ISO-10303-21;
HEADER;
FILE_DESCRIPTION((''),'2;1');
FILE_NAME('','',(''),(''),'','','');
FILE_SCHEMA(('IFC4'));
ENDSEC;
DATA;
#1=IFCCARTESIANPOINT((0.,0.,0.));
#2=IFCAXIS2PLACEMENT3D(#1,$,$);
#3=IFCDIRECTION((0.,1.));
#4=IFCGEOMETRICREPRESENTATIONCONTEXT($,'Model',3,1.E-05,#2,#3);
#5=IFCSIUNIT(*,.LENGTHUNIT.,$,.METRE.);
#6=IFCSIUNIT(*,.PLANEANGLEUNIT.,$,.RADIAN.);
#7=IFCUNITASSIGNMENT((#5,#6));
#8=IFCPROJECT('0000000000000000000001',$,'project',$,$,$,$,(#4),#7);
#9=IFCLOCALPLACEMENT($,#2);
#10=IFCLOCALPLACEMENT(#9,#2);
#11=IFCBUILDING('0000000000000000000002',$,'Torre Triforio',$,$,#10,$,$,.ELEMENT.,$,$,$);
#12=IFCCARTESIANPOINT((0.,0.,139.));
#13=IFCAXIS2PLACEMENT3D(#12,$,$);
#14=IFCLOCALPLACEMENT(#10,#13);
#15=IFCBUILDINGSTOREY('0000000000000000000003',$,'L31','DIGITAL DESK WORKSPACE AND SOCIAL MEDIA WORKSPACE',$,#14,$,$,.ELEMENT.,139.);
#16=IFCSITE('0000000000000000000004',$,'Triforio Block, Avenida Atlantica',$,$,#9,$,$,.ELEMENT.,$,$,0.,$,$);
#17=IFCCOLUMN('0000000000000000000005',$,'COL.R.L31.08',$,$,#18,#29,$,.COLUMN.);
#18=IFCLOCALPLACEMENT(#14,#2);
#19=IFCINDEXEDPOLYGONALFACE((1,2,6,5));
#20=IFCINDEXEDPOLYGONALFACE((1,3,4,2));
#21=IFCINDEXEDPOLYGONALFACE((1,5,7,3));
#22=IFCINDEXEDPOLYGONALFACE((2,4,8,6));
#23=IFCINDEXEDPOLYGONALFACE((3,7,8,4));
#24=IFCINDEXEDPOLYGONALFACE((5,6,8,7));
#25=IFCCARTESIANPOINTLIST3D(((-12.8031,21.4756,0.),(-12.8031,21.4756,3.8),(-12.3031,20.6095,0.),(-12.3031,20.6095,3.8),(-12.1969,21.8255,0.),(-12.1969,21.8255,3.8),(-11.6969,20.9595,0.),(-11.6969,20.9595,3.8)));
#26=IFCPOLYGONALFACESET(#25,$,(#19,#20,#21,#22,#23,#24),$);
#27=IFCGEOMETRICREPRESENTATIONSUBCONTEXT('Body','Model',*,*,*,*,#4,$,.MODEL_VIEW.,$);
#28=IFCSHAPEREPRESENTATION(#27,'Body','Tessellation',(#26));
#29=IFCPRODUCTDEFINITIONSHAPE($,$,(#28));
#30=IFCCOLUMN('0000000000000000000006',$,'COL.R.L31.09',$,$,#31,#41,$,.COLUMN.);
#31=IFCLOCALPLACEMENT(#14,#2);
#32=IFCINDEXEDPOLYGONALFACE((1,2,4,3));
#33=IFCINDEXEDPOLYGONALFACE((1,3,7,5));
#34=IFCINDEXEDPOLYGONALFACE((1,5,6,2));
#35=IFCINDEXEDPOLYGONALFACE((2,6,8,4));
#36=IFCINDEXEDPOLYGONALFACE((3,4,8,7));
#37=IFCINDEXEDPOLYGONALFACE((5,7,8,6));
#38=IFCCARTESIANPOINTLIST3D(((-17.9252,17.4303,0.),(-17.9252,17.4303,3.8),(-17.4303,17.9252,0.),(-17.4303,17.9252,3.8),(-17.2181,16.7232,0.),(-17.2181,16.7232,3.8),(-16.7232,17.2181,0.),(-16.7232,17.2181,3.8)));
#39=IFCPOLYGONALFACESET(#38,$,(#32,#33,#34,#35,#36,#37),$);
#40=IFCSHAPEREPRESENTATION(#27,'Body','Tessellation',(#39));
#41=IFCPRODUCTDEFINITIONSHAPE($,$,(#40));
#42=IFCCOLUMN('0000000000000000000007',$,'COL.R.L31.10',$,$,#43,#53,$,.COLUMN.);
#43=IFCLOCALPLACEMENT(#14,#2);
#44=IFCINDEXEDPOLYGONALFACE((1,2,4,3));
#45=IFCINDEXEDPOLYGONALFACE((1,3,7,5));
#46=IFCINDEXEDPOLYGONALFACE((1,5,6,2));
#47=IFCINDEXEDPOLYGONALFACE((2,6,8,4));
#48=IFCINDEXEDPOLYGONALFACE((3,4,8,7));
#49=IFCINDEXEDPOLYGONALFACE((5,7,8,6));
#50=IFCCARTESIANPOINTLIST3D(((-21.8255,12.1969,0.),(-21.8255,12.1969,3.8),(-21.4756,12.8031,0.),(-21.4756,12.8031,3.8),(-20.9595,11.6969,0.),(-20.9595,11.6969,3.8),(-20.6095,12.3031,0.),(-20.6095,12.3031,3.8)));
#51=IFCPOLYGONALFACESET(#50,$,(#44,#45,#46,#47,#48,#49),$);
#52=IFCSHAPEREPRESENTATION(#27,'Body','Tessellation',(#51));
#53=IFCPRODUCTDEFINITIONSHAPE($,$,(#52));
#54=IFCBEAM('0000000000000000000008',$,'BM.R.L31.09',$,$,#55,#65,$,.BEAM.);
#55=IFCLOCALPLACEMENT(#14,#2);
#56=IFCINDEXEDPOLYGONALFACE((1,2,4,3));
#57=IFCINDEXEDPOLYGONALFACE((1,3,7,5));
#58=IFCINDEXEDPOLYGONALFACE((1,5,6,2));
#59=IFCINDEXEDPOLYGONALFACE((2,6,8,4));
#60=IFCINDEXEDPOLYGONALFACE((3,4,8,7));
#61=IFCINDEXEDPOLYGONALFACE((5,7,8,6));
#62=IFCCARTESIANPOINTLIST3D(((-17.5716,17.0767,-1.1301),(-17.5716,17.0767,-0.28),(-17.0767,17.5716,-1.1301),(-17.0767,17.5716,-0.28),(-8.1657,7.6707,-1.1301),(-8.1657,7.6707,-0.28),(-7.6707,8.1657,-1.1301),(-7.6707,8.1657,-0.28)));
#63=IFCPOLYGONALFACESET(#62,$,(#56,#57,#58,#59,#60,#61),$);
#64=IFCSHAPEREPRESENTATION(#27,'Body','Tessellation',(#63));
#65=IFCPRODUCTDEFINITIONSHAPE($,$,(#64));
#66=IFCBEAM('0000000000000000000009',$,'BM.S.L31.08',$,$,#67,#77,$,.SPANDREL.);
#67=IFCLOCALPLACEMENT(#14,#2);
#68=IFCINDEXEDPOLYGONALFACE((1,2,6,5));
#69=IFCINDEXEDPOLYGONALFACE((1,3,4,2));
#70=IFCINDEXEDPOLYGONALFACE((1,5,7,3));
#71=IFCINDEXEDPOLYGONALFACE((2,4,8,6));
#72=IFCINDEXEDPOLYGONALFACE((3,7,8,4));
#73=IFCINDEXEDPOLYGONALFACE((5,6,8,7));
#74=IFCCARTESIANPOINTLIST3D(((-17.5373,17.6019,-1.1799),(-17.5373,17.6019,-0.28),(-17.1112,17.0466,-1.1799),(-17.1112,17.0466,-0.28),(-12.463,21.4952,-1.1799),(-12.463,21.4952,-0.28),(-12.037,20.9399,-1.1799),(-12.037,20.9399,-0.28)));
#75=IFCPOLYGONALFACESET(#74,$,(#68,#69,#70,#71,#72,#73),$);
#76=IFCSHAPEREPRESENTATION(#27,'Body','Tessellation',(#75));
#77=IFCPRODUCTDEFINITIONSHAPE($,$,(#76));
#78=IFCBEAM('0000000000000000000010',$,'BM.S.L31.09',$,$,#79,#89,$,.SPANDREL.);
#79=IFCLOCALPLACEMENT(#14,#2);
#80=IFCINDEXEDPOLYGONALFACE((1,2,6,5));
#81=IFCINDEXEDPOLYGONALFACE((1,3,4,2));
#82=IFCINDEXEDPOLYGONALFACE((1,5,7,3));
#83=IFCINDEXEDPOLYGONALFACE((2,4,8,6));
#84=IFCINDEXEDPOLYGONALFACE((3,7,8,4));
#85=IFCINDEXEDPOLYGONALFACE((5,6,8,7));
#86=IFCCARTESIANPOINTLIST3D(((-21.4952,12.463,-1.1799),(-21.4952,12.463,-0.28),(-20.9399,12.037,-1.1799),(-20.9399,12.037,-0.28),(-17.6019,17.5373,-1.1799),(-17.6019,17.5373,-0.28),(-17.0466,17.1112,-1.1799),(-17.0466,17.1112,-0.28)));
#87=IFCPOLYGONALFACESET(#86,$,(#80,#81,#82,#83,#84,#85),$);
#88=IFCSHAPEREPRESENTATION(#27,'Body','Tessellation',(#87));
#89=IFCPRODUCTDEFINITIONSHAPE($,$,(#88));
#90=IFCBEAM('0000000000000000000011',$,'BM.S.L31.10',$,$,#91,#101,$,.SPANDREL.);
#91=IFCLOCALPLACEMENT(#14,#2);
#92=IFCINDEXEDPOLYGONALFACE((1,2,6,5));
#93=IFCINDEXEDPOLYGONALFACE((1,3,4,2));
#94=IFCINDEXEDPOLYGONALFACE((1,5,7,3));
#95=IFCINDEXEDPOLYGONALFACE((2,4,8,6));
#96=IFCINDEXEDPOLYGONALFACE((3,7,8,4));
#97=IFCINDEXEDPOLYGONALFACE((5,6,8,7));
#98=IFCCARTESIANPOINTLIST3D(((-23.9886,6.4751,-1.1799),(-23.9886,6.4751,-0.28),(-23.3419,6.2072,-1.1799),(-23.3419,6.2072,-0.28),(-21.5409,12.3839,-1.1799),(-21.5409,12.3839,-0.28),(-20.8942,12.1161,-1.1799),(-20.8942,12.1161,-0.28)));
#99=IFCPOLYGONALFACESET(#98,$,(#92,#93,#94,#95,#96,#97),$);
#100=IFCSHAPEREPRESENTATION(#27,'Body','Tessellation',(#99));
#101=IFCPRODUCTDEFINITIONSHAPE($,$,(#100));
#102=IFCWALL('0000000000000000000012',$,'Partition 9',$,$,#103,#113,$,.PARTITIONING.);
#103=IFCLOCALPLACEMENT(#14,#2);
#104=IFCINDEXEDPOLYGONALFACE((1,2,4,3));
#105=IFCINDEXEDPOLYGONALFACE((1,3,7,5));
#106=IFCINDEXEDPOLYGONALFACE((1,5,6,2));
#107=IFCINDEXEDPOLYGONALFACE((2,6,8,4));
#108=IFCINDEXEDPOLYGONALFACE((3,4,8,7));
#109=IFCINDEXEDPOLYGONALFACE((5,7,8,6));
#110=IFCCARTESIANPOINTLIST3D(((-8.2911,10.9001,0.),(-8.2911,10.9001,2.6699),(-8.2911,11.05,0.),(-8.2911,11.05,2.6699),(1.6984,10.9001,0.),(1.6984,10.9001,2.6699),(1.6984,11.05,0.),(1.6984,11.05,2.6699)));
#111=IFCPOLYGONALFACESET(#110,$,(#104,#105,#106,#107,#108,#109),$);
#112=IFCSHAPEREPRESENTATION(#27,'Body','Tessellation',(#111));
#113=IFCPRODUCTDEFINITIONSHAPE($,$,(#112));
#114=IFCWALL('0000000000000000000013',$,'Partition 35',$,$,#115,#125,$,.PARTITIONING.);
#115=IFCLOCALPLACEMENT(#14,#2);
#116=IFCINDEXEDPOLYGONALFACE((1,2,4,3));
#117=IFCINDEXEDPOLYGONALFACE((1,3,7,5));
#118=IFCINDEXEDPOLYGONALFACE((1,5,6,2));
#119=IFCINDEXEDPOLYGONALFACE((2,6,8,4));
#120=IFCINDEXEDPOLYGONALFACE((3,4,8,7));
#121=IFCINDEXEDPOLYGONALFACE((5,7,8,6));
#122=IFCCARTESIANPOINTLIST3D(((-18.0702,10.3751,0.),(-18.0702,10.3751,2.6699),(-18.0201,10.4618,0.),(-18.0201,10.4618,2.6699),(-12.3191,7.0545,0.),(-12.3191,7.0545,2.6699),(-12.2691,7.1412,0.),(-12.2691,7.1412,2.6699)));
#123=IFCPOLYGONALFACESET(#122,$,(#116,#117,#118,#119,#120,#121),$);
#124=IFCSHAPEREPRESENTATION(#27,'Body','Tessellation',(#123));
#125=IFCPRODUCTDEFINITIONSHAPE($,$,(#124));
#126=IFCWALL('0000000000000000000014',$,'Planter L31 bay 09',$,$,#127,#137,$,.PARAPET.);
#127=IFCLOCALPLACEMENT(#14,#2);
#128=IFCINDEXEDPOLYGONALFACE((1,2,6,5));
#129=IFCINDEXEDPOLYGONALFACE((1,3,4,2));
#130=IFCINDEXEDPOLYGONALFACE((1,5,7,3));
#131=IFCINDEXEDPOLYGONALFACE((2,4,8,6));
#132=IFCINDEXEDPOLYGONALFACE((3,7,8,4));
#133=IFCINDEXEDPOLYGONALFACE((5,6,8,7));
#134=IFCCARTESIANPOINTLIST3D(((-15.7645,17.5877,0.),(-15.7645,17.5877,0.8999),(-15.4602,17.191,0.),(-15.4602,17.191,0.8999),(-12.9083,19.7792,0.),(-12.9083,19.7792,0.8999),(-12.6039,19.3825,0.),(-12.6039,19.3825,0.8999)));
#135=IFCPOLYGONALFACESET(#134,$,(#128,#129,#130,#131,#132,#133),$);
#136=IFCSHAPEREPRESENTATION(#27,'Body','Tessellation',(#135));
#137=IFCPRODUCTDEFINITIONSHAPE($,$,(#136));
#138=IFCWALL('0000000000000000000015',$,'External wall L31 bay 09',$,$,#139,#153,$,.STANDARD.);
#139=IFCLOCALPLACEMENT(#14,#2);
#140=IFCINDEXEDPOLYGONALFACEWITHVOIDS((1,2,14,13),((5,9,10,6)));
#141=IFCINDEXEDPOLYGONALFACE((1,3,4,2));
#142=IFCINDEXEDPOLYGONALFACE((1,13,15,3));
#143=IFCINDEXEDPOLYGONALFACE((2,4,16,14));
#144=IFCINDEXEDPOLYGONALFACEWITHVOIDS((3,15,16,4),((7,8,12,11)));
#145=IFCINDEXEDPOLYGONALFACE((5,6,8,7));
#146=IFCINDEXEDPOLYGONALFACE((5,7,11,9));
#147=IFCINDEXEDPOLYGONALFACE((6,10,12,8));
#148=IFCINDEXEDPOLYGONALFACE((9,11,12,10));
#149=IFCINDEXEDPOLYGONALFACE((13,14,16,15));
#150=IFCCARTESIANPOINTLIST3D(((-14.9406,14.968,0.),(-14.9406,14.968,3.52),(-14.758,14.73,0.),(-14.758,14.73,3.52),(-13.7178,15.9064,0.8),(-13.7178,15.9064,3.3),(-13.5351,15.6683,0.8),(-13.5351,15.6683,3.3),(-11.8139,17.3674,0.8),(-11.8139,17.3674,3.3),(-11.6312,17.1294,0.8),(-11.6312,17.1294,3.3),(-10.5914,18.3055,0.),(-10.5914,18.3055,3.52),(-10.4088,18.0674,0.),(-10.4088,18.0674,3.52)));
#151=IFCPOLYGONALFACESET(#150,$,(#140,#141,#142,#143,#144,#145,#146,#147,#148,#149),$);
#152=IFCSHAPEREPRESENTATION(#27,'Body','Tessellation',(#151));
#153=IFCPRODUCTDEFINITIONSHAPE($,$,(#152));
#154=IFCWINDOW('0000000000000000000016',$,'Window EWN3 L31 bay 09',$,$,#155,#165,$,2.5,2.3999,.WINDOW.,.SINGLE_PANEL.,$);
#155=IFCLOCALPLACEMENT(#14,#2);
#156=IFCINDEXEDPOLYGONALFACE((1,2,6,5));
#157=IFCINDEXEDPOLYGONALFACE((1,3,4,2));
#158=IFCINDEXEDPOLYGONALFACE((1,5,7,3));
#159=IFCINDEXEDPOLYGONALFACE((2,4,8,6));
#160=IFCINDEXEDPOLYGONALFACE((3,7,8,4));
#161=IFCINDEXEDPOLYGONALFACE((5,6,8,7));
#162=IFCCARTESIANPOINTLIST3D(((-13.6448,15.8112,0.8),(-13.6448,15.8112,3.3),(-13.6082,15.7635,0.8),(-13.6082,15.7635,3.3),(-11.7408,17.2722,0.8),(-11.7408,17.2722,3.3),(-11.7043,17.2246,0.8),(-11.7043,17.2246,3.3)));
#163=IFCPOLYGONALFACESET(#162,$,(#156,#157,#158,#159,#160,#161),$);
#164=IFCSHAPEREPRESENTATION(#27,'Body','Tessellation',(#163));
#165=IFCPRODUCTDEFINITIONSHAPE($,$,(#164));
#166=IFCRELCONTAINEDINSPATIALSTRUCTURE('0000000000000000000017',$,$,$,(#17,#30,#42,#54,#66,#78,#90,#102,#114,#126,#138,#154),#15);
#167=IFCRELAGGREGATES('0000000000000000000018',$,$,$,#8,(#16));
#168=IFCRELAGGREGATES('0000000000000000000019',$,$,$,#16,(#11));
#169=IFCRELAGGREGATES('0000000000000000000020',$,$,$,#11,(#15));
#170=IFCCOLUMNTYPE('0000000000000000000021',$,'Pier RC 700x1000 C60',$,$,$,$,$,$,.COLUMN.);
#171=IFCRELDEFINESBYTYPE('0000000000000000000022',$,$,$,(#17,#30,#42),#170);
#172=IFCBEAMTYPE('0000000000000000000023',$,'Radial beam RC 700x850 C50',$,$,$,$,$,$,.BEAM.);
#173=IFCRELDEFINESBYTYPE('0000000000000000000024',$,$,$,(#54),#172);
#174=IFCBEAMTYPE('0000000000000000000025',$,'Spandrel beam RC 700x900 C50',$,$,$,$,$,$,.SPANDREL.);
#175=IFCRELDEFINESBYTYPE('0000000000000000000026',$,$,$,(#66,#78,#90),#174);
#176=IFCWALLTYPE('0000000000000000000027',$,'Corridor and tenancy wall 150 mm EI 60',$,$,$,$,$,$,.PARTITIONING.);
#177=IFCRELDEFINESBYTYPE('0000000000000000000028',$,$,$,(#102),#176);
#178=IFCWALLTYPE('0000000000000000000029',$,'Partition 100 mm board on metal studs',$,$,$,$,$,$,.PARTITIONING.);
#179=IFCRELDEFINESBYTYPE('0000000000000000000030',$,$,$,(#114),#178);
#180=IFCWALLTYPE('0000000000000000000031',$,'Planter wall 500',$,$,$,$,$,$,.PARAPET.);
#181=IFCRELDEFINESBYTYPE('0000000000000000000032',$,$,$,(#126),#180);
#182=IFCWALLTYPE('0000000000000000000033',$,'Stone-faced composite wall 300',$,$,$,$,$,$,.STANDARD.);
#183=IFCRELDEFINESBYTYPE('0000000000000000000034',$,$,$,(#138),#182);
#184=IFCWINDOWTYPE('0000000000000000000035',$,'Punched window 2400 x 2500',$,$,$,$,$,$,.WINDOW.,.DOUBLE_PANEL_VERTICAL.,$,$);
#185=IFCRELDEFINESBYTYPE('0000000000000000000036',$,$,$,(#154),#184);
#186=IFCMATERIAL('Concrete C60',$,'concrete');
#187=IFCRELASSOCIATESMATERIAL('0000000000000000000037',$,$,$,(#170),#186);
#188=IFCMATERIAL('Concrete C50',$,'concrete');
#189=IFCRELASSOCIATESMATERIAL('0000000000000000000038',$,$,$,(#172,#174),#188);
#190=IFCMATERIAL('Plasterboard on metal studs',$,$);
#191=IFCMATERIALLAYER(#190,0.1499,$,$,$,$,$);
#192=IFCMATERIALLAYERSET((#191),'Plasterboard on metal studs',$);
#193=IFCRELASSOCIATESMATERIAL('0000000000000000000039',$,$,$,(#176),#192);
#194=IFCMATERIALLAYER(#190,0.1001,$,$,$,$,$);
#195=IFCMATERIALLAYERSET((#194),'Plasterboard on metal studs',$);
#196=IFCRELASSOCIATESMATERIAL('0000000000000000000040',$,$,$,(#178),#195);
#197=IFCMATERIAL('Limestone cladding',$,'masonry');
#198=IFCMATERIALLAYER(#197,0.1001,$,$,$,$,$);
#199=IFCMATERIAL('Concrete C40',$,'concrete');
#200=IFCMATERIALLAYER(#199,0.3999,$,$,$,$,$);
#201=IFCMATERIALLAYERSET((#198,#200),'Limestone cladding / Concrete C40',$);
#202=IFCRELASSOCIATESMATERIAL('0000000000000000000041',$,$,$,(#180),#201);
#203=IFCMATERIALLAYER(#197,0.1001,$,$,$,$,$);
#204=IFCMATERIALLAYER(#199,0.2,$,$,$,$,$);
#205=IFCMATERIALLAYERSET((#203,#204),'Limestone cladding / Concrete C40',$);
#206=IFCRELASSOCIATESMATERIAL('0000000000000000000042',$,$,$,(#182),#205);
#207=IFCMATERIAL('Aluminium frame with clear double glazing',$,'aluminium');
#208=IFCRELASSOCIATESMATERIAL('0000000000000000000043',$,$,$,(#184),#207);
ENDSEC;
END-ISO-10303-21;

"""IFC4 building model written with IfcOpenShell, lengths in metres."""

from ifc_helpers import new_model, si_unit, direction, frame, frame_2d, origin, origin_2d, place, context, subcontext, project, spatial, rectangle, extrude, material, layer, layer_set, material_profile, profile_set, type_object, element, fill, save


model = new_model("IFC4")

# Units and contexts
model_context = context("Model", 3, precision=1e-05, world=origin(), true_north=direction((0.0, 1.0)))
body_context = subcontext(model_context, "Body", "Model", "MODEL_VIEW")
ifc_project = project(units=[si_unit("LENGTHUNIT", "METRE"), si_unit("PLANEANGLEUNIT", "RADIAN")], contexts=[model_context])

# Site, building, storey
site_placement = place(None, origin())
site = spatial("IfcSite", under=ifc_project, at=site_placement, Name="Triforio Block, Avenida Atlantica", CompositionType="ELEMENT", RefElevation=0.0)
building_placement = place(site_placement, origin())
building = spatial("IfcBuilding", under=site, at=building_placement, Name="Torre Triforio", CompositionType="ELEMENT")
storey_placement = place(building_placement, frame((0.0, 0.0, 139.0)))
storey = spatial("IfcBuildingStorey", under=building, at=storey_placement, Name="L31", Description="DIGITAL DESK WORKSPACE AND SOCIAL MEDIA WORKSPACE", CompositionType="ELEMENT", Elevation=139.0)

# Columns
ifc_material_1 = material(Name="Concrete C60", Category="concrete")
ifc_material_profile_1 = material_profile(ifc_material_1, rectangle(XDim=0.7, YDim=1.0, at=origin_2d()), Name="RC 700x1000")
ifc_profile_set_1 = profile_set([ifc_material_profile_1], Name="Concrete C60")
column_type = type_object("IfcColumnType", Name="Pier RC 700x1000 C60", PredefinedType="COLUMN", material=ifc_profile_set_1)
for number, where, z_axis, x_axis, name in (
    (1, (-12.25, 21.2175, 0.0), (0.0, 0.0, 1.0), (-0.866025, -0.5, 0.0), "COL.R.L31.08"),
    (2, (-17.3242, 17.3242, 0.0), (0.0, 0.0, 1.0), (-0.707107, -0.707107, 0.0), "COL.R.L31.09"),
    (3, (-21.2175, 12.25, 0.0), (0.0, 0.0, 1.0), (-0.5, -0.866025, 0.0), "COL.R.L31.10"),
):
    element("IfcColumn", number, at=place(storey_placement, frame(where, z_axis=z_axis, x_axis=x_axis)), inside=storey, type_object=column_type, Name=name, PredefinedType="COLUMN", context=body_context, shape_type="SweptSolid", body=[
        extrude(rectangle(XDim=0.7, YDim=1.0, at=origin_2d()), origin(), (0.0, 0.0, 1.0), 3.8),
    ])

# Beams
ifc_material_2 = material(Name="Concrete C50", Category="concrete")
ifc_material_profile_2 = material_profile(ifc_material_2, rectangle(XDim=0.7, YDim=0.8501, at=origin_2d()), Name="RC 700x850")
ifc_profile_set_2 = profile_set([ifc_material_profile_2], Name="Concrete C50")
beam_type_1 = type_object("IfcBeamType", Name="Radial beam RC 700x850 C50", PredefinedType="BEAM", material=ifc_profile_set_2)
beam_placement = place(storey_placement, frame((-7.9182, 7.9182, -0.7051), z_axis=(-0.707107, 0.707107, 0.0), x_axis=(-0.707107, -0.707107, 0.0)))
element("IfcBeam", 4, at=beam_placement, inside=storey, type_object=beam_type_1, Name="BM.R.L31.09", PredefinedType="BEAM", context=body_context, shape_type="SweptSolid", body=[
    extrude(rectangle(XDim=0.7, YDim=0.8501, at=origin_2d()), origin(), (0.0, 0.0, 1.0), 13.302),
])
ifc_material_profile_3 = material_profile(ifc_material_2, rectangle(XDim=0.7, YDim=0.8999, at=origin_2d()), Name="RC 700x900")
ifc_profile_set_3 = profile_set([ifc_material_profile_3], Name="Concrete C50")
beam_type_2 = type_object("IfcBeamType", Name="Spandrel beam RC 700x900 C50", PredefinedType="SPANDREL", material=ifc_profile_set_3)
for number, where, z_axis, x_axis, name in (
    (5, (-12.25, 21.2175, -0.73), (-0.793374, -0.608734, 0.0), (0.608734, -0.793374, 0.0), "BM.S.L31.08"),
    (6, (-17.3242, 17.3242, -0.73), (-0.608734, -0.793374, 0.0), (0.793374, -0.608734, 0.0), "BM.S.L31.09"),
    (7, (-21.2175, 12.25, -0.73), (-0.382709, -0.923869, 0.0), (0.923869, -0.382709, 0.0), "BM.S.L31.10"),
):
    element("IfcBeam", number, at=place(storey_placement, frame(where, z_axis=z_axis, x_axis=x_axis)), inside=storey, type_object=beam_type_2, Name=name, PredefinedType="SPANDREL", context=body_context, shape_type="SweptSolid", body=[
        extrude(rectangle(XDim=0.7, YDim=0.8999, at=origin_2d()), origin(), (0.0, 0.0, 1.0), 6.3958),
    ])

# Walls
ifc_material_3 = material(Name="Plasterboard on metal studs")
ifc_layer_1 = layer(ifc_material_3, 0.1499)
ifc_layer_set_1 = layer_set([ifc_layer_1], Name="Plasterboard on metal studs")
wall_type_1 = type_object("IfcWallType", Name="Corridor and tenancy wall 150 mm EI 60", PredefinedType="PARTITIONING", material=ifc_layer_set_1)
wall_1_placement = place(storey_placement, frame((-8.291, 10.9751, 0.0), z_axis=(0.0, 0.0, 1.0), x_axis=(1.0, 0.0, 0.0)))
element("IfcWall", 8, at=wall_1_placement, inside=storey, type_object=wall_type_1, Name="Partition 9", PredefinedType="PARTITIONING", context=body_context, shape_type="SweptSolid", body=[
    extrude(rectangle(XDim=9.9895, YDim=0.1499, at=frame_2d((4.9946, 0.0))), origin(), (0.0, 0.0, 1.0), 2.6699),
])
ifc_layer_2 = layer(ifc_material_3, 0.1001)
ifc_layer_set_2 = layer_set([ifc_layer_2], Name="Plasterboard on metal studs")
wall_type_2 = type_object("IfcWallType", Name="Partition 100 mm board on metal studs", PredefinedType="PARTITIONING", material=ifc_layer_set_2)
wall_2_placement = place(storey_placement, frame((-12.2942, 7.0979, 0.0), z_axis=(0.0, 0.0, 1.0), x_axis=(-0.86601, 0.500026, 0.0)))
element("IfcWall", 9, at=wall_2_placement, inside=storey, type_object=wall_type_2, Name="Partition 35", PredefinedType="PARTITIONING", context=body_context, shape_type="SweptSolid", body=[
    extrude(rectangle(XDim=6.6409, YDim=0.1001, at=frame_2d((3.3203, 0.0))), origin(), (0.0, 0.0, 1.0), 2.6699),
])
ifc_material_4 = material(Name="Limestone cladding", Category="masonry")
ifc_layer_3 = layer(ifc_material_4, 0.1001)
ifc_material_5 = material(Name="Concrete C40", Category="concrete")
ifc_layer_4 = layer(ifc_material_5, 0.3999)
ifc_layer_set_3 = layer_set([ifc_layer_3, ifc_layer_4], Name="Limestone cladding / Concrete C40")
wall_type_3 = type_object("IfcWallType", Name="Planter wall 500", PredefinedType="PARAPET", material=ifc_layer_set_3)
wall_3_placement = place(storey_placement, frame((-12.7561, 19.5808, 0.0), z_axis=(0.0, 0.0, 1.0), x_axis=(-0.793385, -0.608721, 0.0)))
element("IfcWall", 10, at=wall_3_placement, inside=storey, type_object=wall_type_3, Name="Planter L31 bay 09", PredefinedType="PARAPET", context=body_context, shape_type="SweptSolid", body=[
    extrude(rectangle(XDim=3.6001, YDim=0.5, at=frame_2d((1.8, 0.0))), origin(), (0.0, 0.0, 1.0), 0.8999),
])

# Wall, opening, window
ifc_layer_5 = layer(ifc_material_4, 0.1001)
ifc_layer_6 = layer(ifc_material_5, 0.2)
ifc_layer_set_4 = layer_set([ifc_layer_5, ifc_layer_6], Name="Limestone cladding / Concrete C40")
wall_type_4 = type_object("IfcWallType", Name="Stone-faced composite wall 300", PredefinedType="STANDARD", material=ifc_layer_set_4)
wall_4_placement = place(storey_placement, frame((-10.5, 18.1865, 0.0), z_axis=(0.0, 0.0, 1.0), x_axis=(-0.793335, -0.608785, 0.0)))
wall_4 = element("IfcWall", 11, at=wall_4_placement, inside=storey, type_object=wall_type_4, Name="External wall L31 bay 09", PredefinedType="STANDARD", context=body_context, shape_type="SweptSolid", body=[
    extrude(rectangle(XDim=5.4822, YDim=0.3, at=frame_2d((2.7412, 0.0))), origin(), (0.0, 0.0, 1.0), 3.52),
])
opening_1_placement = place(wall_4_placement, frame((1.541, 0.0, 0.8)))
opening_1 = element("IfcOpeningElement", 12, at=opening_1_placement, cuts=wall_4, PredefinedType="OPENING", context=body_context, shape_type="SweptSolid", body=[
    extrude(rectangle(XDim=2.3999, YDim=2.5, at=frame_2d((1.2, 1.25))), frame((0.0, 0.1599, 0.0), z_axis=(0.0, -1.0, 0.0), x_axis=(1.0, 0.0, 0.0)), (0.0, 0.0, 1.0), 0.3201),
])
ifc_material_6 = material(Name="Aluminium frame with clear double glazing", Category="aluminium")
window_type_1 = type_object("IfcWindowType", Name="Punched window 2400 x 2500", PartitioningType="DOUBLE_PANEL_VERTICAL", PredefinedType="WINDOW", material=ifc_material_6)
window_1_placement = place(opening_1_placement, origin())
window_1 = element("IfcWindow", 13, at=window_1_placement, inside=storey, type_object=window_type_1, Name="Window EWN3 L31 bay 09", OverallHeight=2.5, OverallWidth=2.3999, PartitioningType="SINGLE_PANEL", PredefinedType="WINDOW", context=body_context, shape_type="SweptSolid", body=[
    extrude(rectangle(XDim=2.3999, YDim=2.5, at=frame_2d((1.2, 1.25))), frame((0.0, 0.03, 0.0), z_axis=(0.0, -1.0, 0.0), x_axis=(1.0, 0.0, 0.0)), (0.0, 0.0, 1.0), 0.0601),
])
fill(opening_1, window_1)

save(model, "model.ifc")
